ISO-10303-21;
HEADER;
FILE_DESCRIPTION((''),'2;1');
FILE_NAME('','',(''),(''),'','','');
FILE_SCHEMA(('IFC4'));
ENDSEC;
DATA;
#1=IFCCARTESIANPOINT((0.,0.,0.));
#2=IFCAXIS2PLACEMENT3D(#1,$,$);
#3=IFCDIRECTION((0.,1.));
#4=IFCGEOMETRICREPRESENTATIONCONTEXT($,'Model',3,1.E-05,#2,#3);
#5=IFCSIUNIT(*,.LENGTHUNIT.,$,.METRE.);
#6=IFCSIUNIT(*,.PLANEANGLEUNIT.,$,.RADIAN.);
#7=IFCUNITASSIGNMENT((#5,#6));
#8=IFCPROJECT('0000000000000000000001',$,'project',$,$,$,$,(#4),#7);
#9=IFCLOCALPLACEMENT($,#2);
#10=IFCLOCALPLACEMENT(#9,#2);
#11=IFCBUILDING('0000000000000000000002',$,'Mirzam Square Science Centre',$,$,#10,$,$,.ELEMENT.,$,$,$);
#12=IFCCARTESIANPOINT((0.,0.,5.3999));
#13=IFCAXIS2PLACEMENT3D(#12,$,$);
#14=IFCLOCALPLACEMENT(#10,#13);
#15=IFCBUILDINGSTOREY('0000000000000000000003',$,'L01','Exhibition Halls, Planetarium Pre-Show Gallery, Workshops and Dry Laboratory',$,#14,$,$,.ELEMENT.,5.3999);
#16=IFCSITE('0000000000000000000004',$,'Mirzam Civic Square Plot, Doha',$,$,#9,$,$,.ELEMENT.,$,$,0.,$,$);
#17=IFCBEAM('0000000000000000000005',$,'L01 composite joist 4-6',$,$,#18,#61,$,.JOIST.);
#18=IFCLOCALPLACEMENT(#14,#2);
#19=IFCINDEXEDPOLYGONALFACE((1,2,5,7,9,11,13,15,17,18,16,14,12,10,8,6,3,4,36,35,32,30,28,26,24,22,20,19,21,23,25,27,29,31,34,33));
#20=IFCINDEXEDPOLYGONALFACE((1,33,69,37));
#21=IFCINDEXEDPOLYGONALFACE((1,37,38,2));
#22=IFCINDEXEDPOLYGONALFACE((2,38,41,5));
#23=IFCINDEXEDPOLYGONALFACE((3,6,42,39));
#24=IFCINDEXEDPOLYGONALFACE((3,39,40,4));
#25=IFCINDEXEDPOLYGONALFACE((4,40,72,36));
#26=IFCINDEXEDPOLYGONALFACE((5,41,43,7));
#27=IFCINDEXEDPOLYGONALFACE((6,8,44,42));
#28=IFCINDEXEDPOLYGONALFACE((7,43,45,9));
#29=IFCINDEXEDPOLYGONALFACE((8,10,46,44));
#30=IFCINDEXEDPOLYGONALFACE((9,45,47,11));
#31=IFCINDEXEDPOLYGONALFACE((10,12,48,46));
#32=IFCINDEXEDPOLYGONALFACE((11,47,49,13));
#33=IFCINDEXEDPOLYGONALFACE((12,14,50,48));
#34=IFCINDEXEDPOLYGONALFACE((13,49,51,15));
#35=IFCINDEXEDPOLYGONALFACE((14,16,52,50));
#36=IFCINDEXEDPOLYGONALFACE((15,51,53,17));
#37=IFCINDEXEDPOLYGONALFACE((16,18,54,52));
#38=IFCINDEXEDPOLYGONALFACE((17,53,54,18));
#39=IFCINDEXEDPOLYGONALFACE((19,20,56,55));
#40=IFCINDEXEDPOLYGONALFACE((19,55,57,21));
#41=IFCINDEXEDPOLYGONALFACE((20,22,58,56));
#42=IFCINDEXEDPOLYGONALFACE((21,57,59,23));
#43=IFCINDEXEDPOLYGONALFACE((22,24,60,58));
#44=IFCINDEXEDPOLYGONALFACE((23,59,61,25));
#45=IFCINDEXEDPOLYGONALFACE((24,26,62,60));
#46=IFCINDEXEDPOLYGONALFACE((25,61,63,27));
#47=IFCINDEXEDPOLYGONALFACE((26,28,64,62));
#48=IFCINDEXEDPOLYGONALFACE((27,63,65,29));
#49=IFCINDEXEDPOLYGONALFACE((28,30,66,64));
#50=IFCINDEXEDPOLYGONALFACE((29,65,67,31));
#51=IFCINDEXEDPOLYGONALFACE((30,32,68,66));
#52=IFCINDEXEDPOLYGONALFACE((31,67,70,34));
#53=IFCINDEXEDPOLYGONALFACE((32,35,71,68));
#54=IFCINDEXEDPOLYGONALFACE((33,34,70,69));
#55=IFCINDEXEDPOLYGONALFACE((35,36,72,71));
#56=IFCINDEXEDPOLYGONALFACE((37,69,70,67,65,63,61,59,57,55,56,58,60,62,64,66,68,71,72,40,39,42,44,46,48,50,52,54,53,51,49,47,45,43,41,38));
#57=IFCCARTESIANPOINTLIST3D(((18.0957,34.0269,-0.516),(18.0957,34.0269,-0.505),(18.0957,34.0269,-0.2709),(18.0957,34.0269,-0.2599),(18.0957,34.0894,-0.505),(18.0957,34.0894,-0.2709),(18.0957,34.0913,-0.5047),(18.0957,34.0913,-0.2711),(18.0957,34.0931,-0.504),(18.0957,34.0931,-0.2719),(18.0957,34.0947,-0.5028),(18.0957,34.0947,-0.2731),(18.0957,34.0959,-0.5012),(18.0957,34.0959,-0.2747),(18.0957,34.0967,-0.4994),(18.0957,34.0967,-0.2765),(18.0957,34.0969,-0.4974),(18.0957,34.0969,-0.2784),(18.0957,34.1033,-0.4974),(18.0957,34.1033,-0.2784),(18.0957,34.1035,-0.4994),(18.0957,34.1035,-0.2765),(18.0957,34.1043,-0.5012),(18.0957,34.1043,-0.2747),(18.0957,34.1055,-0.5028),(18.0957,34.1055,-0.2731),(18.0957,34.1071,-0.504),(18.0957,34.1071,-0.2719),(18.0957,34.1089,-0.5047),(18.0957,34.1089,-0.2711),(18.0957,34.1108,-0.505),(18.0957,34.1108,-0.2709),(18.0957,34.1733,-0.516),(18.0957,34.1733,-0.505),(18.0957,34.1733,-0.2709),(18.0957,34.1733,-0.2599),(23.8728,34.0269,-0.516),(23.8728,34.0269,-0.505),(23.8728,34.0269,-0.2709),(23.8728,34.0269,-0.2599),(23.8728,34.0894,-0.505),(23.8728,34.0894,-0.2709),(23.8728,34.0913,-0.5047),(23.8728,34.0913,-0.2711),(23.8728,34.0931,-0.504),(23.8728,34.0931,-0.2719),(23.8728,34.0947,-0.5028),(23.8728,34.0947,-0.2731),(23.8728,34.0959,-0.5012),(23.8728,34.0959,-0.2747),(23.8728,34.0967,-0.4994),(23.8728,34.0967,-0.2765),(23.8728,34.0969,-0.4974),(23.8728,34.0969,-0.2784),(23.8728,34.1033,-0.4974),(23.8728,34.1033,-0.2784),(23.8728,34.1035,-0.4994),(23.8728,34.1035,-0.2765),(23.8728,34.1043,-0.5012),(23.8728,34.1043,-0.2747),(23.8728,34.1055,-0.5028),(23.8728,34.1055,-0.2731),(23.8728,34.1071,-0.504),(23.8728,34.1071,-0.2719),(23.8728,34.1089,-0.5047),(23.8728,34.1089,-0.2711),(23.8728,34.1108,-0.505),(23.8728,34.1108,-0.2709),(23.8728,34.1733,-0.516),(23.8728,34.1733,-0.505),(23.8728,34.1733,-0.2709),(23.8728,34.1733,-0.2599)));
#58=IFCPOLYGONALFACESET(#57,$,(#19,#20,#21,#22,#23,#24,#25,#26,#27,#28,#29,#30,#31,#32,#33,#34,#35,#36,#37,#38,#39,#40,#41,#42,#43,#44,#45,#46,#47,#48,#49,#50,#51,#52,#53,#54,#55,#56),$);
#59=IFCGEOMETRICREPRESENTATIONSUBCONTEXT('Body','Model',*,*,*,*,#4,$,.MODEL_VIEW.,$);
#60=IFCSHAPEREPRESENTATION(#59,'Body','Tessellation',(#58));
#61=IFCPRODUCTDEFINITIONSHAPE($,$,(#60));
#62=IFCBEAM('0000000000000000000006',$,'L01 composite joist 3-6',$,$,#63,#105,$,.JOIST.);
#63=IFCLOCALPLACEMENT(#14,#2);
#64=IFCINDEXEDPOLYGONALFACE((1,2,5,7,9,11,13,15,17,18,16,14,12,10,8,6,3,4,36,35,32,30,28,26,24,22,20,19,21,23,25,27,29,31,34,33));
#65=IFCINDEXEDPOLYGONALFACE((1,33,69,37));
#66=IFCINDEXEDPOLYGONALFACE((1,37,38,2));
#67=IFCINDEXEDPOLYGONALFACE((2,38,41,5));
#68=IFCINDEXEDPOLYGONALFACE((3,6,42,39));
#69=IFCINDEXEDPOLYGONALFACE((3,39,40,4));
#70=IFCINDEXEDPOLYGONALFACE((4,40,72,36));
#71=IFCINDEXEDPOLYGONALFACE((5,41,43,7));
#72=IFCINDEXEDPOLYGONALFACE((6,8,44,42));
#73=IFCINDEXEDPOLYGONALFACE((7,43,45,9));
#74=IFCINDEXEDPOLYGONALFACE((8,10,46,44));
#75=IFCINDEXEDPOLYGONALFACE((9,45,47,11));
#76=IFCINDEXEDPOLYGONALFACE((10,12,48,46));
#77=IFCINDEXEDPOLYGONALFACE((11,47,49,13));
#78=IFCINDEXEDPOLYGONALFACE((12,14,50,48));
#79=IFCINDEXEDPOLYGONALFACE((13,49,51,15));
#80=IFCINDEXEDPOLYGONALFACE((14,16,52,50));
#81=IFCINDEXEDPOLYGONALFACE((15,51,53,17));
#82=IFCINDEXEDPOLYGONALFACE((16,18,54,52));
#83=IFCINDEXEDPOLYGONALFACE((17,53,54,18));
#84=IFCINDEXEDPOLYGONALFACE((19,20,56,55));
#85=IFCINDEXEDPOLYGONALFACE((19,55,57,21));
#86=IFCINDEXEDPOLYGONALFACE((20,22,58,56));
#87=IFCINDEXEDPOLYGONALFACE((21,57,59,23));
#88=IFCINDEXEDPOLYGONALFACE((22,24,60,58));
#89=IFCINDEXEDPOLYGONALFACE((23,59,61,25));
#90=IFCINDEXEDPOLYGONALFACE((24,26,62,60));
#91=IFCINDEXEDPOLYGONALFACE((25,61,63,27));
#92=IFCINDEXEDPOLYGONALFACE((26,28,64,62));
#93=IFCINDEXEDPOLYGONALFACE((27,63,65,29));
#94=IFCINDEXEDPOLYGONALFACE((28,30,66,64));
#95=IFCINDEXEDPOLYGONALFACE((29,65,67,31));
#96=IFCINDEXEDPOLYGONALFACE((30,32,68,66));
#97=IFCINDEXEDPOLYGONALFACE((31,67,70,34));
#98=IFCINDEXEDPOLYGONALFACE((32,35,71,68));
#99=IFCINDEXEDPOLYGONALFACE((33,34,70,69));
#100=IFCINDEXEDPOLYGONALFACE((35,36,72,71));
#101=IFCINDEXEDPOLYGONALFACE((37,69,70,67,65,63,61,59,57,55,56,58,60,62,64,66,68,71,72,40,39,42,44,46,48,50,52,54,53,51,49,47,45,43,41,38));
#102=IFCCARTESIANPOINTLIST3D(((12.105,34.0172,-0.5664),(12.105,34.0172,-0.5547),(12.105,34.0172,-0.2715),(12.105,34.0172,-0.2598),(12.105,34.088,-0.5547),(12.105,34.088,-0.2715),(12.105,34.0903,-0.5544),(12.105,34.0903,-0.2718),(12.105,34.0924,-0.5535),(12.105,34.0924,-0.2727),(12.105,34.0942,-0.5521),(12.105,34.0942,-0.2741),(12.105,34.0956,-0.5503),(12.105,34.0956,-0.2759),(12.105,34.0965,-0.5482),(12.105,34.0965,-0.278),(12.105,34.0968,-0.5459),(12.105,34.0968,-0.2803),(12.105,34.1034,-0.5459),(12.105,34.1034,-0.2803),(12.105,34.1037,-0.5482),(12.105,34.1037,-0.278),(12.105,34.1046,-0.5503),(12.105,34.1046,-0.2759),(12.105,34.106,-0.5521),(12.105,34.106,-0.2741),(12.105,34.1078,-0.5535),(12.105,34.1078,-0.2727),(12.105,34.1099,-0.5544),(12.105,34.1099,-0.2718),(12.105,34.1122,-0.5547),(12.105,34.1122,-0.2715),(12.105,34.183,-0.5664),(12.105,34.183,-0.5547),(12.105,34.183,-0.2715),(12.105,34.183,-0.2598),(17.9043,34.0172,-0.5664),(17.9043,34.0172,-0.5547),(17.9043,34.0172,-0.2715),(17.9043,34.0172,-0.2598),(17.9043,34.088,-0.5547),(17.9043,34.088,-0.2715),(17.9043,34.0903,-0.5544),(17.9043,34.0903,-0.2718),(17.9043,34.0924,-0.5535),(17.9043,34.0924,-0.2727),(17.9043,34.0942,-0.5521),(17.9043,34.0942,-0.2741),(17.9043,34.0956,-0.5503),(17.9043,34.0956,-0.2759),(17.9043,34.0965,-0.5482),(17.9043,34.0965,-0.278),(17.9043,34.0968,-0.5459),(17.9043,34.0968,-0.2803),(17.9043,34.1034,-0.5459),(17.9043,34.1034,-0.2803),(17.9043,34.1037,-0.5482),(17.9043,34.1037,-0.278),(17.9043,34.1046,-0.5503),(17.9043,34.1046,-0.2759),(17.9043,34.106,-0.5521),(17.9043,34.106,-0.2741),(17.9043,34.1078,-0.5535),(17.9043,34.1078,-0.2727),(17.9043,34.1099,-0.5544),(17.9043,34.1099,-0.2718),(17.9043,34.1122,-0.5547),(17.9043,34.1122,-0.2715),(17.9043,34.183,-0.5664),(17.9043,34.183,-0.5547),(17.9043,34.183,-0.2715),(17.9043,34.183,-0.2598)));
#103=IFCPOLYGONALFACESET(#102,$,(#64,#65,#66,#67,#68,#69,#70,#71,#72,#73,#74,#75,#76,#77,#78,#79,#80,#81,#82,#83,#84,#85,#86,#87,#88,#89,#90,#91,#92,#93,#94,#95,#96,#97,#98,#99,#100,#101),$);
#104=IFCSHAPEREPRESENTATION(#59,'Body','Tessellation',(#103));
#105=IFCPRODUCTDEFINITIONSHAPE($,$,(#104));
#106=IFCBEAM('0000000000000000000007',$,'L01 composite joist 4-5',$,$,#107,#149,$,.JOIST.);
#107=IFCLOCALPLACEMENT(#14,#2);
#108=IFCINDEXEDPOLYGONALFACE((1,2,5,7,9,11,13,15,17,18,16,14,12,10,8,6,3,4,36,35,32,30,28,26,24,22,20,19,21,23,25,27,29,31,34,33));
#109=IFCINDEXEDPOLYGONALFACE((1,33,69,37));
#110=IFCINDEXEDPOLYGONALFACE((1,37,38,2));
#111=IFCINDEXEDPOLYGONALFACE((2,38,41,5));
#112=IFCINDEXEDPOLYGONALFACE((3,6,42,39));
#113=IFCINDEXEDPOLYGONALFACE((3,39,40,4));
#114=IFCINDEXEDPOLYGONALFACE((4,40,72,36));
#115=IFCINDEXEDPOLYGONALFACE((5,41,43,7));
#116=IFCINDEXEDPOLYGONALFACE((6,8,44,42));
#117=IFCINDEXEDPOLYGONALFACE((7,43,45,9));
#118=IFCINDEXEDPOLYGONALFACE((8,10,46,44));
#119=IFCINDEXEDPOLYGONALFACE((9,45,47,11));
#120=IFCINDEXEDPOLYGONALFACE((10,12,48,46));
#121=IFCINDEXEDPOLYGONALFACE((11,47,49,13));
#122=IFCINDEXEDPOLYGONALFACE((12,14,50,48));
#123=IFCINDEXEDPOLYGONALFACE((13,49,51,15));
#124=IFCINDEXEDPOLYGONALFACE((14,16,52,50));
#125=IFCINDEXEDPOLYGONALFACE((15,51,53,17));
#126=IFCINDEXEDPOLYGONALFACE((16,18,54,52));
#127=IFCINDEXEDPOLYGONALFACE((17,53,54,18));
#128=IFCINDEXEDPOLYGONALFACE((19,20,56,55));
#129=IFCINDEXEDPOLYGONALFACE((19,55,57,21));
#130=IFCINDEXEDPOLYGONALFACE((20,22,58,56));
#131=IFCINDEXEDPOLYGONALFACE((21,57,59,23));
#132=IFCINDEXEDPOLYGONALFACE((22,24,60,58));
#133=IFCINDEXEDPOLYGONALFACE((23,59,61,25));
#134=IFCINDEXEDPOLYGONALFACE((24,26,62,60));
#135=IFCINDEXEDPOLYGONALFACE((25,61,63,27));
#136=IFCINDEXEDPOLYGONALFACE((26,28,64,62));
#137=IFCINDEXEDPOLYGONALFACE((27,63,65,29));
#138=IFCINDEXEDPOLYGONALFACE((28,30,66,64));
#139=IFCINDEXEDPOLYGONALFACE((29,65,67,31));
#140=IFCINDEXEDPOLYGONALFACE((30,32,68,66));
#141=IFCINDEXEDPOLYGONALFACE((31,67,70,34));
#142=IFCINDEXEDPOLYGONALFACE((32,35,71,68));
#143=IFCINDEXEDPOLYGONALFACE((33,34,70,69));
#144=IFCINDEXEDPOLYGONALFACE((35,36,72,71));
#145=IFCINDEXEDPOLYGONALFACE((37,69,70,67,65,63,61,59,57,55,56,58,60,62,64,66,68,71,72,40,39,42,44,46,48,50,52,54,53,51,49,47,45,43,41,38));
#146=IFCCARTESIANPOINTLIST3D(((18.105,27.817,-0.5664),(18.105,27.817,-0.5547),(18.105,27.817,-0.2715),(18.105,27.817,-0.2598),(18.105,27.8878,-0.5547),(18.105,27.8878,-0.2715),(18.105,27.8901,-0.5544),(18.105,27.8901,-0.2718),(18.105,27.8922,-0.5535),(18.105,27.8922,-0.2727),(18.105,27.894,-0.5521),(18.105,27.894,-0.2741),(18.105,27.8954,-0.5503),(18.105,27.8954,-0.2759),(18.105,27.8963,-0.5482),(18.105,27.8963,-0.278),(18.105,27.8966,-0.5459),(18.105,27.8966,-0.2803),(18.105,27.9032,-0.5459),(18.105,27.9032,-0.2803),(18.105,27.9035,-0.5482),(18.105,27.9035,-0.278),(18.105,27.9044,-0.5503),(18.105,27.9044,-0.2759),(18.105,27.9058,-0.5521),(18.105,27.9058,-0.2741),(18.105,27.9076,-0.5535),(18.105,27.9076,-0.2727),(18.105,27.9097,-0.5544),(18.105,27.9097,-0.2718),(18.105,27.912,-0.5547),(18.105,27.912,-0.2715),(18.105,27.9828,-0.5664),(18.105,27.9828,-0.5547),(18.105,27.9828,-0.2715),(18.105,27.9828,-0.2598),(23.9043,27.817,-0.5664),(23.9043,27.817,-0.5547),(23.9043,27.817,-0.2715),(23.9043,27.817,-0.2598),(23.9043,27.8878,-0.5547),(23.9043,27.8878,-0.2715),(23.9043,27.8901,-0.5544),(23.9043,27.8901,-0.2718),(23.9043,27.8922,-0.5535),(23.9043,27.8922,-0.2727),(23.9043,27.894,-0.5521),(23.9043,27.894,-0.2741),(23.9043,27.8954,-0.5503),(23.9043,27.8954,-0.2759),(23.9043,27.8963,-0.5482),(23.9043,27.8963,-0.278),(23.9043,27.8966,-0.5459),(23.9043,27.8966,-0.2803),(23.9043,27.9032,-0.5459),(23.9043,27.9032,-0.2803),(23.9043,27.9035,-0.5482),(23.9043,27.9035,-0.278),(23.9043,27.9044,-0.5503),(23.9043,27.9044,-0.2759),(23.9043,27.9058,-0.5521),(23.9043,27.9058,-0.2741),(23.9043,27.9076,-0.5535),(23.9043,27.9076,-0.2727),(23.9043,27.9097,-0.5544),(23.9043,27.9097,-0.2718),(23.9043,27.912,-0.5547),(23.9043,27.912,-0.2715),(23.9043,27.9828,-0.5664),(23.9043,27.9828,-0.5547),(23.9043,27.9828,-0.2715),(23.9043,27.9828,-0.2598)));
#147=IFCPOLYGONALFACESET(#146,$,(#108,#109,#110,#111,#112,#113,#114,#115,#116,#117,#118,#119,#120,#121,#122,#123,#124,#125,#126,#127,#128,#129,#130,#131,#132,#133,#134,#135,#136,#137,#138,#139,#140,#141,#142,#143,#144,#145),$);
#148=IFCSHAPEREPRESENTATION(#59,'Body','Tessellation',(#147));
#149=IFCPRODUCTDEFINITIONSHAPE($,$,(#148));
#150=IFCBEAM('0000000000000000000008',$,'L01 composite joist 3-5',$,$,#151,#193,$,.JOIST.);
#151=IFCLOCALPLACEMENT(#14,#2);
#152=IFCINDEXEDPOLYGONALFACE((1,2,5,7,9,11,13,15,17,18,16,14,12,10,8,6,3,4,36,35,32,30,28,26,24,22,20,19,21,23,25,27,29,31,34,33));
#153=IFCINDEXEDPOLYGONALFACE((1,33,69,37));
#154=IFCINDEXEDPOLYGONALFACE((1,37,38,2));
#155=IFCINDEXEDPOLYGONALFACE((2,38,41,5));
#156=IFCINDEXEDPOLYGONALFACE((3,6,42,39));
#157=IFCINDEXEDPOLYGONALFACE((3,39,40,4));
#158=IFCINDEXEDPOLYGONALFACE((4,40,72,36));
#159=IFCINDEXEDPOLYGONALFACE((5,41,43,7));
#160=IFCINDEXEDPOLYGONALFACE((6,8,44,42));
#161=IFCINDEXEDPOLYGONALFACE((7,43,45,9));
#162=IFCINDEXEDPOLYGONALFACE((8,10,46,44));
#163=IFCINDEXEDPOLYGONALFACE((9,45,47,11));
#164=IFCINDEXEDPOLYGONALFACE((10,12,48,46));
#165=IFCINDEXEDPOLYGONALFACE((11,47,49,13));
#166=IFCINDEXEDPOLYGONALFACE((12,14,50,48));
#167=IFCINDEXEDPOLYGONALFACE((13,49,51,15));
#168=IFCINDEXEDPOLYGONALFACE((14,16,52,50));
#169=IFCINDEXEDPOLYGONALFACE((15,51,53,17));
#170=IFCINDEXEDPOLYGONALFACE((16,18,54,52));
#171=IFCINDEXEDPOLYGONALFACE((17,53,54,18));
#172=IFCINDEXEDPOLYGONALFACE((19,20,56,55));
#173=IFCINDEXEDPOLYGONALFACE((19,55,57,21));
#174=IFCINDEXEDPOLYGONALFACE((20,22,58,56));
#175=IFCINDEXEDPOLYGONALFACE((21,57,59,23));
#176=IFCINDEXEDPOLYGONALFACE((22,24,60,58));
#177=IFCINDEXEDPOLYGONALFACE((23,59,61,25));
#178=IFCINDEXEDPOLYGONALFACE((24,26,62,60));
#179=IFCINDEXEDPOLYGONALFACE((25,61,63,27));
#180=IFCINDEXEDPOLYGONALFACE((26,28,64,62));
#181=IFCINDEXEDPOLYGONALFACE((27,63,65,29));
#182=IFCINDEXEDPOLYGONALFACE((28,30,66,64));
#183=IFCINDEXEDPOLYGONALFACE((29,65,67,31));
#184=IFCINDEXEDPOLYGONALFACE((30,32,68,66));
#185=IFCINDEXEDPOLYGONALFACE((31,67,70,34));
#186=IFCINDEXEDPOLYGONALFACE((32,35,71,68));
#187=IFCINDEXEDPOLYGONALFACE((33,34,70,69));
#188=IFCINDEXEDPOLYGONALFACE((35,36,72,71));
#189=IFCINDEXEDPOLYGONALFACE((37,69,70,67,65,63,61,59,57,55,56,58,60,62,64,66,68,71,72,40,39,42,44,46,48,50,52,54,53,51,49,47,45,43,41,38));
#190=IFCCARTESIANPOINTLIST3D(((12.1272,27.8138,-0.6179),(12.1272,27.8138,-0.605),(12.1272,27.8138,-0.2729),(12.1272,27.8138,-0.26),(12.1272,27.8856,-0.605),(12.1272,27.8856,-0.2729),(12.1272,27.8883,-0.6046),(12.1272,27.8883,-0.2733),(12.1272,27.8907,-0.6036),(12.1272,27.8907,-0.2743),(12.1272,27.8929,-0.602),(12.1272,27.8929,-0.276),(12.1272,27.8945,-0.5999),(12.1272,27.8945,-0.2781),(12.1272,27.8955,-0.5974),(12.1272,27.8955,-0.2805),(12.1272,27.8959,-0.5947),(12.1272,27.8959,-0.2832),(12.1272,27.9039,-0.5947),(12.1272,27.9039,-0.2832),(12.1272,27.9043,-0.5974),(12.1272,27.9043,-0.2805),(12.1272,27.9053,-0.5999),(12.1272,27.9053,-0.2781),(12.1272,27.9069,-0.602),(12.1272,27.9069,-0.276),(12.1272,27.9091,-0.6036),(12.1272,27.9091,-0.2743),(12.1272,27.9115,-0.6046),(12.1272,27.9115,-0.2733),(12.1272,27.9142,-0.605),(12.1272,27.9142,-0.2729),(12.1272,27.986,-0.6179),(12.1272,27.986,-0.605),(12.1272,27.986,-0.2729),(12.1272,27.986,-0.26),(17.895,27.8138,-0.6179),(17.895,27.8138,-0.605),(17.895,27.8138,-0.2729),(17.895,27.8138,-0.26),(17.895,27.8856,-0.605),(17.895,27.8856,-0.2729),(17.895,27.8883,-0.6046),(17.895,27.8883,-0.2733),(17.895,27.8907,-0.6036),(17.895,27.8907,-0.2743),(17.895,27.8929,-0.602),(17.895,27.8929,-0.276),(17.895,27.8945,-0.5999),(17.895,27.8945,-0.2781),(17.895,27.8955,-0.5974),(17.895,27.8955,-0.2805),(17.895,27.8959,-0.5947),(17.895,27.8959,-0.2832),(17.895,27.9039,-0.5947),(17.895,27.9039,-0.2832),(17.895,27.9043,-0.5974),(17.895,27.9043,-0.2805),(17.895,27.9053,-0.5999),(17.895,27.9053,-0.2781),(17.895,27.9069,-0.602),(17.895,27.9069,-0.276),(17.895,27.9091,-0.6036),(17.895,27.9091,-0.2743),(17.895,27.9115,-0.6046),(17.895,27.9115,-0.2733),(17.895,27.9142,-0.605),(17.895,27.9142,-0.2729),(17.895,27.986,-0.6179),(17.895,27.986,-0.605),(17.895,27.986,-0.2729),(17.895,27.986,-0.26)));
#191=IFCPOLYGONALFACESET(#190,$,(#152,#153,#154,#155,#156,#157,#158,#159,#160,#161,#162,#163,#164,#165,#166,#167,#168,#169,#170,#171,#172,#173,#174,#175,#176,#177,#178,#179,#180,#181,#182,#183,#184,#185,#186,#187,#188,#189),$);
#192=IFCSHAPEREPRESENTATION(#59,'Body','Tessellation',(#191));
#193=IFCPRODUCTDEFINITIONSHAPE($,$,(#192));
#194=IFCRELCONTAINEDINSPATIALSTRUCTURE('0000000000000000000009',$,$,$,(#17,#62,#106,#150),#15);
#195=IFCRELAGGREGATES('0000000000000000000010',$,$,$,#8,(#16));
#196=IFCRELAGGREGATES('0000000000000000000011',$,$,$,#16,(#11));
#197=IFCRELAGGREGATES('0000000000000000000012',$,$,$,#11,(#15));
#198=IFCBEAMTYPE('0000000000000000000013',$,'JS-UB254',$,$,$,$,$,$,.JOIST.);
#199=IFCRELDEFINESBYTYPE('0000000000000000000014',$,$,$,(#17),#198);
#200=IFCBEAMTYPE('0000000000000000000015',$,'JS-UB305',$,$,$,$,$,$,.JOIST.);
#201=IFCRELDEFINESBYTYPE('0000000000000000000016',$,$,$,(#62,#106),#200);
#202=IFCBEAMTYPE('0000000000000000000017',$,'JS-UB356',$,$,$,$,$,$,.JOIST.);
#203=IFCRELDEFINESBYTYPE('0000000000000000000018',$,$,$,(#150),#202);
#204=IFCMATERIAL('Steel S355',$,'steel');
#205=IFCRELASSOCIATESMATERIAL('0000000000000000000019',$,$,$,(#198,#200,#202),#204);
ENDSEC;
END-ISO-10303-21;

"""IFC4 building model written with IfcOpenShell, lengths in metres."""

from ifc_helpers import new_model, si_unit, direction, frame, origin, origin_2d, place, context, subcontext, project, spatial, i_section, extrude, material, material_profile, profile_set, type_object, element, save


model = new_model("IFC4")

# Units and contexts
model_context = context("Model", 3, precision=1e-05, world=origin(), true_north=direction((0.0, 1.0)))
body_context = subcontext(model_context, "Body", "Model", "MODEL_VIEW")
ifc_project = project(units=[si_unit("LENGTHUNIT", "METRE"), si_unit("PLANEANGLEUNIT", "RADIAN")], contexts=[model_context])

# Site, building, storey
site_placement = place(None, origin())
site = spatial("IfcSite", under=ifc_project, at=site_placement, Name="Mirzam Civic Square Plot, Doha", CompositionType="ELEMENT", RefElevation=0.0)
building_placement = place(site_placement, origin())
building = spatial("IfcBuilding", under=site, at=building_placement, Name="Mirzam Square Science Centre", CompositionType="ELEMENT")
storey_placement = place(building_placement, frame((0.0, 0.0, 5.3999)))
storey = spatial("IfcBuildingStorey", under=building, at=storey_placement, Name="L01", Description="Exhibition Halls, Planetarium Pre-Show Gallery, Workshops and Dry Laboratory", CompositionType="ELEMENT", Elevation=5.3999)

# Shared definitions
ifc_material_1 = material(Name="Steel S355", Category="steel")

# Beams
ifc_material_profile_1 = material_profile(ifc_material_1, i_section(OverallWidth=0.1465, OverallDepth=0.2561, WebThickness=0.0063, FlangeThickness=0.011, FilletRadius=0.0076, at=origin_2d()), Name="254x146x37UB")
ifc_profile_set_1 = profile_set([ifc_material_profile_1], Name="Steel S355")
beam_type_1 = type_object("IfcBeamType", Name="JS-UB254", PredefinedType="JOIST", material=ifc_profile_set_1)
beam_1_placement = place(storey_placement, frame((18.0957, 34.1001, -0.3879), z_axis=(1.0, 0.0, 0.0), x_axis=(0.0, 1.0, 0.0)))
element("IfcBeam", 1, at=beam_1_placement, inside=storey, type_object=beam_type_1, Name="L01 composite joist 4-6", PredefinedType="JOIST", context=body_context, shape_type="SweptSolid", body=[
    extrude(i_section(OverallWidth=0.1465, OverallDepth=0.2561, WebThickness=0.0063, FlangeThickness=0.011, FilletRadius=0.0076, at=origin_2d()), origin(), (0.0, 0.0, 1.0), 5.7771),
])
ifc_material_profile_2 = material_profile(ifc_material_1, i_section(OverallWidth=0.1658, OverallDepth=0.3066, WebThickness=0.0066, FlangeThickness=0.0117, FilletRadius=0.0088, at=origin_2d()), Name="305x165x46UB")
ifc_profile_set_2 = profile_set([ifc_material_profile_2], Name="Steel S355")
beam_type_2 = type_object("IfcBeamType", Name="JS-UB305", PredefinedType="JOIST", material=ifc_profile_set_2)
for number, where, z_axis, x_axis, name in (
    (2, (12.105, 34.1001, -0.4131), (1.0, 0.0, 0.0), (0.0, 1.0, 0.0), "L01 composite joist 3-6"),
    (3, (18.105, 27.8999, -0.4131), (1.0, 0.0, 0.0), (0.0, 1.0, 0.0), "L01 composite joist 4-5"),
):
    element("IfcBeam", number, at=place(storey_placement, frame(where, z_axis=z_axis, x_axis=x_axis)), inside=storey, type_object=beam_type_2, Name=name, PredefinedType="JOIST", context=body_context, shape_type="SweptSolid", body=[
        extrude(i_section(OverallWidth=0.1658, OverallDepth=0.3066, WebThickness=0.0066, FlangeThickness=0.0117, FilletRadius=0.0088, at=origin_2d()), origin(), (0.0, 0.0, 1.0), 5.7993),
    ])
ifc_material_profile_3 = material_profile(ifc_material_1, i_section(OverallWidth=0.1721, OverallDepth=0.3579, WebThickness=0.0081, FlangeThickness=0.0129, FilletRadius=0.0103, at=origin_2d()), Name="356x171x57UB")
ifc_profile_set_3 = profile_set([ifc_material_profile_3], Name="Steel S355")
beam_type_3 = type_object("IfcBeamType", Name="JS-UB356", PredefinedType="JOIST", material=ifc_profile_set_3)
beam_2_placement = place(storey_placement, frame((12.1272, 27.8999, -0.439), z_axis=(1.0, 0.0, 0.0), x_axis=(0.0, 1.0, 0.0)))
element("IfcBeam", 4, at=beam_2_placement, inside=storey, type_object=beam_type_3, Name="L01 composite joist 3-5", PredefinedType="JOIST", context=body_context, shape_type="SweptSolid", body=[
    extrude(i_section(OverallWidth=0.1721, OverallDepth=0.3579, WebThickness=0.0081, FlangeThickness=0.0129, FilletRadius=0.0103, at=origin_2d()), origin(), (0.0, 0.0, 1.0), 5.7678),
])

save(model, "model.ifc")
